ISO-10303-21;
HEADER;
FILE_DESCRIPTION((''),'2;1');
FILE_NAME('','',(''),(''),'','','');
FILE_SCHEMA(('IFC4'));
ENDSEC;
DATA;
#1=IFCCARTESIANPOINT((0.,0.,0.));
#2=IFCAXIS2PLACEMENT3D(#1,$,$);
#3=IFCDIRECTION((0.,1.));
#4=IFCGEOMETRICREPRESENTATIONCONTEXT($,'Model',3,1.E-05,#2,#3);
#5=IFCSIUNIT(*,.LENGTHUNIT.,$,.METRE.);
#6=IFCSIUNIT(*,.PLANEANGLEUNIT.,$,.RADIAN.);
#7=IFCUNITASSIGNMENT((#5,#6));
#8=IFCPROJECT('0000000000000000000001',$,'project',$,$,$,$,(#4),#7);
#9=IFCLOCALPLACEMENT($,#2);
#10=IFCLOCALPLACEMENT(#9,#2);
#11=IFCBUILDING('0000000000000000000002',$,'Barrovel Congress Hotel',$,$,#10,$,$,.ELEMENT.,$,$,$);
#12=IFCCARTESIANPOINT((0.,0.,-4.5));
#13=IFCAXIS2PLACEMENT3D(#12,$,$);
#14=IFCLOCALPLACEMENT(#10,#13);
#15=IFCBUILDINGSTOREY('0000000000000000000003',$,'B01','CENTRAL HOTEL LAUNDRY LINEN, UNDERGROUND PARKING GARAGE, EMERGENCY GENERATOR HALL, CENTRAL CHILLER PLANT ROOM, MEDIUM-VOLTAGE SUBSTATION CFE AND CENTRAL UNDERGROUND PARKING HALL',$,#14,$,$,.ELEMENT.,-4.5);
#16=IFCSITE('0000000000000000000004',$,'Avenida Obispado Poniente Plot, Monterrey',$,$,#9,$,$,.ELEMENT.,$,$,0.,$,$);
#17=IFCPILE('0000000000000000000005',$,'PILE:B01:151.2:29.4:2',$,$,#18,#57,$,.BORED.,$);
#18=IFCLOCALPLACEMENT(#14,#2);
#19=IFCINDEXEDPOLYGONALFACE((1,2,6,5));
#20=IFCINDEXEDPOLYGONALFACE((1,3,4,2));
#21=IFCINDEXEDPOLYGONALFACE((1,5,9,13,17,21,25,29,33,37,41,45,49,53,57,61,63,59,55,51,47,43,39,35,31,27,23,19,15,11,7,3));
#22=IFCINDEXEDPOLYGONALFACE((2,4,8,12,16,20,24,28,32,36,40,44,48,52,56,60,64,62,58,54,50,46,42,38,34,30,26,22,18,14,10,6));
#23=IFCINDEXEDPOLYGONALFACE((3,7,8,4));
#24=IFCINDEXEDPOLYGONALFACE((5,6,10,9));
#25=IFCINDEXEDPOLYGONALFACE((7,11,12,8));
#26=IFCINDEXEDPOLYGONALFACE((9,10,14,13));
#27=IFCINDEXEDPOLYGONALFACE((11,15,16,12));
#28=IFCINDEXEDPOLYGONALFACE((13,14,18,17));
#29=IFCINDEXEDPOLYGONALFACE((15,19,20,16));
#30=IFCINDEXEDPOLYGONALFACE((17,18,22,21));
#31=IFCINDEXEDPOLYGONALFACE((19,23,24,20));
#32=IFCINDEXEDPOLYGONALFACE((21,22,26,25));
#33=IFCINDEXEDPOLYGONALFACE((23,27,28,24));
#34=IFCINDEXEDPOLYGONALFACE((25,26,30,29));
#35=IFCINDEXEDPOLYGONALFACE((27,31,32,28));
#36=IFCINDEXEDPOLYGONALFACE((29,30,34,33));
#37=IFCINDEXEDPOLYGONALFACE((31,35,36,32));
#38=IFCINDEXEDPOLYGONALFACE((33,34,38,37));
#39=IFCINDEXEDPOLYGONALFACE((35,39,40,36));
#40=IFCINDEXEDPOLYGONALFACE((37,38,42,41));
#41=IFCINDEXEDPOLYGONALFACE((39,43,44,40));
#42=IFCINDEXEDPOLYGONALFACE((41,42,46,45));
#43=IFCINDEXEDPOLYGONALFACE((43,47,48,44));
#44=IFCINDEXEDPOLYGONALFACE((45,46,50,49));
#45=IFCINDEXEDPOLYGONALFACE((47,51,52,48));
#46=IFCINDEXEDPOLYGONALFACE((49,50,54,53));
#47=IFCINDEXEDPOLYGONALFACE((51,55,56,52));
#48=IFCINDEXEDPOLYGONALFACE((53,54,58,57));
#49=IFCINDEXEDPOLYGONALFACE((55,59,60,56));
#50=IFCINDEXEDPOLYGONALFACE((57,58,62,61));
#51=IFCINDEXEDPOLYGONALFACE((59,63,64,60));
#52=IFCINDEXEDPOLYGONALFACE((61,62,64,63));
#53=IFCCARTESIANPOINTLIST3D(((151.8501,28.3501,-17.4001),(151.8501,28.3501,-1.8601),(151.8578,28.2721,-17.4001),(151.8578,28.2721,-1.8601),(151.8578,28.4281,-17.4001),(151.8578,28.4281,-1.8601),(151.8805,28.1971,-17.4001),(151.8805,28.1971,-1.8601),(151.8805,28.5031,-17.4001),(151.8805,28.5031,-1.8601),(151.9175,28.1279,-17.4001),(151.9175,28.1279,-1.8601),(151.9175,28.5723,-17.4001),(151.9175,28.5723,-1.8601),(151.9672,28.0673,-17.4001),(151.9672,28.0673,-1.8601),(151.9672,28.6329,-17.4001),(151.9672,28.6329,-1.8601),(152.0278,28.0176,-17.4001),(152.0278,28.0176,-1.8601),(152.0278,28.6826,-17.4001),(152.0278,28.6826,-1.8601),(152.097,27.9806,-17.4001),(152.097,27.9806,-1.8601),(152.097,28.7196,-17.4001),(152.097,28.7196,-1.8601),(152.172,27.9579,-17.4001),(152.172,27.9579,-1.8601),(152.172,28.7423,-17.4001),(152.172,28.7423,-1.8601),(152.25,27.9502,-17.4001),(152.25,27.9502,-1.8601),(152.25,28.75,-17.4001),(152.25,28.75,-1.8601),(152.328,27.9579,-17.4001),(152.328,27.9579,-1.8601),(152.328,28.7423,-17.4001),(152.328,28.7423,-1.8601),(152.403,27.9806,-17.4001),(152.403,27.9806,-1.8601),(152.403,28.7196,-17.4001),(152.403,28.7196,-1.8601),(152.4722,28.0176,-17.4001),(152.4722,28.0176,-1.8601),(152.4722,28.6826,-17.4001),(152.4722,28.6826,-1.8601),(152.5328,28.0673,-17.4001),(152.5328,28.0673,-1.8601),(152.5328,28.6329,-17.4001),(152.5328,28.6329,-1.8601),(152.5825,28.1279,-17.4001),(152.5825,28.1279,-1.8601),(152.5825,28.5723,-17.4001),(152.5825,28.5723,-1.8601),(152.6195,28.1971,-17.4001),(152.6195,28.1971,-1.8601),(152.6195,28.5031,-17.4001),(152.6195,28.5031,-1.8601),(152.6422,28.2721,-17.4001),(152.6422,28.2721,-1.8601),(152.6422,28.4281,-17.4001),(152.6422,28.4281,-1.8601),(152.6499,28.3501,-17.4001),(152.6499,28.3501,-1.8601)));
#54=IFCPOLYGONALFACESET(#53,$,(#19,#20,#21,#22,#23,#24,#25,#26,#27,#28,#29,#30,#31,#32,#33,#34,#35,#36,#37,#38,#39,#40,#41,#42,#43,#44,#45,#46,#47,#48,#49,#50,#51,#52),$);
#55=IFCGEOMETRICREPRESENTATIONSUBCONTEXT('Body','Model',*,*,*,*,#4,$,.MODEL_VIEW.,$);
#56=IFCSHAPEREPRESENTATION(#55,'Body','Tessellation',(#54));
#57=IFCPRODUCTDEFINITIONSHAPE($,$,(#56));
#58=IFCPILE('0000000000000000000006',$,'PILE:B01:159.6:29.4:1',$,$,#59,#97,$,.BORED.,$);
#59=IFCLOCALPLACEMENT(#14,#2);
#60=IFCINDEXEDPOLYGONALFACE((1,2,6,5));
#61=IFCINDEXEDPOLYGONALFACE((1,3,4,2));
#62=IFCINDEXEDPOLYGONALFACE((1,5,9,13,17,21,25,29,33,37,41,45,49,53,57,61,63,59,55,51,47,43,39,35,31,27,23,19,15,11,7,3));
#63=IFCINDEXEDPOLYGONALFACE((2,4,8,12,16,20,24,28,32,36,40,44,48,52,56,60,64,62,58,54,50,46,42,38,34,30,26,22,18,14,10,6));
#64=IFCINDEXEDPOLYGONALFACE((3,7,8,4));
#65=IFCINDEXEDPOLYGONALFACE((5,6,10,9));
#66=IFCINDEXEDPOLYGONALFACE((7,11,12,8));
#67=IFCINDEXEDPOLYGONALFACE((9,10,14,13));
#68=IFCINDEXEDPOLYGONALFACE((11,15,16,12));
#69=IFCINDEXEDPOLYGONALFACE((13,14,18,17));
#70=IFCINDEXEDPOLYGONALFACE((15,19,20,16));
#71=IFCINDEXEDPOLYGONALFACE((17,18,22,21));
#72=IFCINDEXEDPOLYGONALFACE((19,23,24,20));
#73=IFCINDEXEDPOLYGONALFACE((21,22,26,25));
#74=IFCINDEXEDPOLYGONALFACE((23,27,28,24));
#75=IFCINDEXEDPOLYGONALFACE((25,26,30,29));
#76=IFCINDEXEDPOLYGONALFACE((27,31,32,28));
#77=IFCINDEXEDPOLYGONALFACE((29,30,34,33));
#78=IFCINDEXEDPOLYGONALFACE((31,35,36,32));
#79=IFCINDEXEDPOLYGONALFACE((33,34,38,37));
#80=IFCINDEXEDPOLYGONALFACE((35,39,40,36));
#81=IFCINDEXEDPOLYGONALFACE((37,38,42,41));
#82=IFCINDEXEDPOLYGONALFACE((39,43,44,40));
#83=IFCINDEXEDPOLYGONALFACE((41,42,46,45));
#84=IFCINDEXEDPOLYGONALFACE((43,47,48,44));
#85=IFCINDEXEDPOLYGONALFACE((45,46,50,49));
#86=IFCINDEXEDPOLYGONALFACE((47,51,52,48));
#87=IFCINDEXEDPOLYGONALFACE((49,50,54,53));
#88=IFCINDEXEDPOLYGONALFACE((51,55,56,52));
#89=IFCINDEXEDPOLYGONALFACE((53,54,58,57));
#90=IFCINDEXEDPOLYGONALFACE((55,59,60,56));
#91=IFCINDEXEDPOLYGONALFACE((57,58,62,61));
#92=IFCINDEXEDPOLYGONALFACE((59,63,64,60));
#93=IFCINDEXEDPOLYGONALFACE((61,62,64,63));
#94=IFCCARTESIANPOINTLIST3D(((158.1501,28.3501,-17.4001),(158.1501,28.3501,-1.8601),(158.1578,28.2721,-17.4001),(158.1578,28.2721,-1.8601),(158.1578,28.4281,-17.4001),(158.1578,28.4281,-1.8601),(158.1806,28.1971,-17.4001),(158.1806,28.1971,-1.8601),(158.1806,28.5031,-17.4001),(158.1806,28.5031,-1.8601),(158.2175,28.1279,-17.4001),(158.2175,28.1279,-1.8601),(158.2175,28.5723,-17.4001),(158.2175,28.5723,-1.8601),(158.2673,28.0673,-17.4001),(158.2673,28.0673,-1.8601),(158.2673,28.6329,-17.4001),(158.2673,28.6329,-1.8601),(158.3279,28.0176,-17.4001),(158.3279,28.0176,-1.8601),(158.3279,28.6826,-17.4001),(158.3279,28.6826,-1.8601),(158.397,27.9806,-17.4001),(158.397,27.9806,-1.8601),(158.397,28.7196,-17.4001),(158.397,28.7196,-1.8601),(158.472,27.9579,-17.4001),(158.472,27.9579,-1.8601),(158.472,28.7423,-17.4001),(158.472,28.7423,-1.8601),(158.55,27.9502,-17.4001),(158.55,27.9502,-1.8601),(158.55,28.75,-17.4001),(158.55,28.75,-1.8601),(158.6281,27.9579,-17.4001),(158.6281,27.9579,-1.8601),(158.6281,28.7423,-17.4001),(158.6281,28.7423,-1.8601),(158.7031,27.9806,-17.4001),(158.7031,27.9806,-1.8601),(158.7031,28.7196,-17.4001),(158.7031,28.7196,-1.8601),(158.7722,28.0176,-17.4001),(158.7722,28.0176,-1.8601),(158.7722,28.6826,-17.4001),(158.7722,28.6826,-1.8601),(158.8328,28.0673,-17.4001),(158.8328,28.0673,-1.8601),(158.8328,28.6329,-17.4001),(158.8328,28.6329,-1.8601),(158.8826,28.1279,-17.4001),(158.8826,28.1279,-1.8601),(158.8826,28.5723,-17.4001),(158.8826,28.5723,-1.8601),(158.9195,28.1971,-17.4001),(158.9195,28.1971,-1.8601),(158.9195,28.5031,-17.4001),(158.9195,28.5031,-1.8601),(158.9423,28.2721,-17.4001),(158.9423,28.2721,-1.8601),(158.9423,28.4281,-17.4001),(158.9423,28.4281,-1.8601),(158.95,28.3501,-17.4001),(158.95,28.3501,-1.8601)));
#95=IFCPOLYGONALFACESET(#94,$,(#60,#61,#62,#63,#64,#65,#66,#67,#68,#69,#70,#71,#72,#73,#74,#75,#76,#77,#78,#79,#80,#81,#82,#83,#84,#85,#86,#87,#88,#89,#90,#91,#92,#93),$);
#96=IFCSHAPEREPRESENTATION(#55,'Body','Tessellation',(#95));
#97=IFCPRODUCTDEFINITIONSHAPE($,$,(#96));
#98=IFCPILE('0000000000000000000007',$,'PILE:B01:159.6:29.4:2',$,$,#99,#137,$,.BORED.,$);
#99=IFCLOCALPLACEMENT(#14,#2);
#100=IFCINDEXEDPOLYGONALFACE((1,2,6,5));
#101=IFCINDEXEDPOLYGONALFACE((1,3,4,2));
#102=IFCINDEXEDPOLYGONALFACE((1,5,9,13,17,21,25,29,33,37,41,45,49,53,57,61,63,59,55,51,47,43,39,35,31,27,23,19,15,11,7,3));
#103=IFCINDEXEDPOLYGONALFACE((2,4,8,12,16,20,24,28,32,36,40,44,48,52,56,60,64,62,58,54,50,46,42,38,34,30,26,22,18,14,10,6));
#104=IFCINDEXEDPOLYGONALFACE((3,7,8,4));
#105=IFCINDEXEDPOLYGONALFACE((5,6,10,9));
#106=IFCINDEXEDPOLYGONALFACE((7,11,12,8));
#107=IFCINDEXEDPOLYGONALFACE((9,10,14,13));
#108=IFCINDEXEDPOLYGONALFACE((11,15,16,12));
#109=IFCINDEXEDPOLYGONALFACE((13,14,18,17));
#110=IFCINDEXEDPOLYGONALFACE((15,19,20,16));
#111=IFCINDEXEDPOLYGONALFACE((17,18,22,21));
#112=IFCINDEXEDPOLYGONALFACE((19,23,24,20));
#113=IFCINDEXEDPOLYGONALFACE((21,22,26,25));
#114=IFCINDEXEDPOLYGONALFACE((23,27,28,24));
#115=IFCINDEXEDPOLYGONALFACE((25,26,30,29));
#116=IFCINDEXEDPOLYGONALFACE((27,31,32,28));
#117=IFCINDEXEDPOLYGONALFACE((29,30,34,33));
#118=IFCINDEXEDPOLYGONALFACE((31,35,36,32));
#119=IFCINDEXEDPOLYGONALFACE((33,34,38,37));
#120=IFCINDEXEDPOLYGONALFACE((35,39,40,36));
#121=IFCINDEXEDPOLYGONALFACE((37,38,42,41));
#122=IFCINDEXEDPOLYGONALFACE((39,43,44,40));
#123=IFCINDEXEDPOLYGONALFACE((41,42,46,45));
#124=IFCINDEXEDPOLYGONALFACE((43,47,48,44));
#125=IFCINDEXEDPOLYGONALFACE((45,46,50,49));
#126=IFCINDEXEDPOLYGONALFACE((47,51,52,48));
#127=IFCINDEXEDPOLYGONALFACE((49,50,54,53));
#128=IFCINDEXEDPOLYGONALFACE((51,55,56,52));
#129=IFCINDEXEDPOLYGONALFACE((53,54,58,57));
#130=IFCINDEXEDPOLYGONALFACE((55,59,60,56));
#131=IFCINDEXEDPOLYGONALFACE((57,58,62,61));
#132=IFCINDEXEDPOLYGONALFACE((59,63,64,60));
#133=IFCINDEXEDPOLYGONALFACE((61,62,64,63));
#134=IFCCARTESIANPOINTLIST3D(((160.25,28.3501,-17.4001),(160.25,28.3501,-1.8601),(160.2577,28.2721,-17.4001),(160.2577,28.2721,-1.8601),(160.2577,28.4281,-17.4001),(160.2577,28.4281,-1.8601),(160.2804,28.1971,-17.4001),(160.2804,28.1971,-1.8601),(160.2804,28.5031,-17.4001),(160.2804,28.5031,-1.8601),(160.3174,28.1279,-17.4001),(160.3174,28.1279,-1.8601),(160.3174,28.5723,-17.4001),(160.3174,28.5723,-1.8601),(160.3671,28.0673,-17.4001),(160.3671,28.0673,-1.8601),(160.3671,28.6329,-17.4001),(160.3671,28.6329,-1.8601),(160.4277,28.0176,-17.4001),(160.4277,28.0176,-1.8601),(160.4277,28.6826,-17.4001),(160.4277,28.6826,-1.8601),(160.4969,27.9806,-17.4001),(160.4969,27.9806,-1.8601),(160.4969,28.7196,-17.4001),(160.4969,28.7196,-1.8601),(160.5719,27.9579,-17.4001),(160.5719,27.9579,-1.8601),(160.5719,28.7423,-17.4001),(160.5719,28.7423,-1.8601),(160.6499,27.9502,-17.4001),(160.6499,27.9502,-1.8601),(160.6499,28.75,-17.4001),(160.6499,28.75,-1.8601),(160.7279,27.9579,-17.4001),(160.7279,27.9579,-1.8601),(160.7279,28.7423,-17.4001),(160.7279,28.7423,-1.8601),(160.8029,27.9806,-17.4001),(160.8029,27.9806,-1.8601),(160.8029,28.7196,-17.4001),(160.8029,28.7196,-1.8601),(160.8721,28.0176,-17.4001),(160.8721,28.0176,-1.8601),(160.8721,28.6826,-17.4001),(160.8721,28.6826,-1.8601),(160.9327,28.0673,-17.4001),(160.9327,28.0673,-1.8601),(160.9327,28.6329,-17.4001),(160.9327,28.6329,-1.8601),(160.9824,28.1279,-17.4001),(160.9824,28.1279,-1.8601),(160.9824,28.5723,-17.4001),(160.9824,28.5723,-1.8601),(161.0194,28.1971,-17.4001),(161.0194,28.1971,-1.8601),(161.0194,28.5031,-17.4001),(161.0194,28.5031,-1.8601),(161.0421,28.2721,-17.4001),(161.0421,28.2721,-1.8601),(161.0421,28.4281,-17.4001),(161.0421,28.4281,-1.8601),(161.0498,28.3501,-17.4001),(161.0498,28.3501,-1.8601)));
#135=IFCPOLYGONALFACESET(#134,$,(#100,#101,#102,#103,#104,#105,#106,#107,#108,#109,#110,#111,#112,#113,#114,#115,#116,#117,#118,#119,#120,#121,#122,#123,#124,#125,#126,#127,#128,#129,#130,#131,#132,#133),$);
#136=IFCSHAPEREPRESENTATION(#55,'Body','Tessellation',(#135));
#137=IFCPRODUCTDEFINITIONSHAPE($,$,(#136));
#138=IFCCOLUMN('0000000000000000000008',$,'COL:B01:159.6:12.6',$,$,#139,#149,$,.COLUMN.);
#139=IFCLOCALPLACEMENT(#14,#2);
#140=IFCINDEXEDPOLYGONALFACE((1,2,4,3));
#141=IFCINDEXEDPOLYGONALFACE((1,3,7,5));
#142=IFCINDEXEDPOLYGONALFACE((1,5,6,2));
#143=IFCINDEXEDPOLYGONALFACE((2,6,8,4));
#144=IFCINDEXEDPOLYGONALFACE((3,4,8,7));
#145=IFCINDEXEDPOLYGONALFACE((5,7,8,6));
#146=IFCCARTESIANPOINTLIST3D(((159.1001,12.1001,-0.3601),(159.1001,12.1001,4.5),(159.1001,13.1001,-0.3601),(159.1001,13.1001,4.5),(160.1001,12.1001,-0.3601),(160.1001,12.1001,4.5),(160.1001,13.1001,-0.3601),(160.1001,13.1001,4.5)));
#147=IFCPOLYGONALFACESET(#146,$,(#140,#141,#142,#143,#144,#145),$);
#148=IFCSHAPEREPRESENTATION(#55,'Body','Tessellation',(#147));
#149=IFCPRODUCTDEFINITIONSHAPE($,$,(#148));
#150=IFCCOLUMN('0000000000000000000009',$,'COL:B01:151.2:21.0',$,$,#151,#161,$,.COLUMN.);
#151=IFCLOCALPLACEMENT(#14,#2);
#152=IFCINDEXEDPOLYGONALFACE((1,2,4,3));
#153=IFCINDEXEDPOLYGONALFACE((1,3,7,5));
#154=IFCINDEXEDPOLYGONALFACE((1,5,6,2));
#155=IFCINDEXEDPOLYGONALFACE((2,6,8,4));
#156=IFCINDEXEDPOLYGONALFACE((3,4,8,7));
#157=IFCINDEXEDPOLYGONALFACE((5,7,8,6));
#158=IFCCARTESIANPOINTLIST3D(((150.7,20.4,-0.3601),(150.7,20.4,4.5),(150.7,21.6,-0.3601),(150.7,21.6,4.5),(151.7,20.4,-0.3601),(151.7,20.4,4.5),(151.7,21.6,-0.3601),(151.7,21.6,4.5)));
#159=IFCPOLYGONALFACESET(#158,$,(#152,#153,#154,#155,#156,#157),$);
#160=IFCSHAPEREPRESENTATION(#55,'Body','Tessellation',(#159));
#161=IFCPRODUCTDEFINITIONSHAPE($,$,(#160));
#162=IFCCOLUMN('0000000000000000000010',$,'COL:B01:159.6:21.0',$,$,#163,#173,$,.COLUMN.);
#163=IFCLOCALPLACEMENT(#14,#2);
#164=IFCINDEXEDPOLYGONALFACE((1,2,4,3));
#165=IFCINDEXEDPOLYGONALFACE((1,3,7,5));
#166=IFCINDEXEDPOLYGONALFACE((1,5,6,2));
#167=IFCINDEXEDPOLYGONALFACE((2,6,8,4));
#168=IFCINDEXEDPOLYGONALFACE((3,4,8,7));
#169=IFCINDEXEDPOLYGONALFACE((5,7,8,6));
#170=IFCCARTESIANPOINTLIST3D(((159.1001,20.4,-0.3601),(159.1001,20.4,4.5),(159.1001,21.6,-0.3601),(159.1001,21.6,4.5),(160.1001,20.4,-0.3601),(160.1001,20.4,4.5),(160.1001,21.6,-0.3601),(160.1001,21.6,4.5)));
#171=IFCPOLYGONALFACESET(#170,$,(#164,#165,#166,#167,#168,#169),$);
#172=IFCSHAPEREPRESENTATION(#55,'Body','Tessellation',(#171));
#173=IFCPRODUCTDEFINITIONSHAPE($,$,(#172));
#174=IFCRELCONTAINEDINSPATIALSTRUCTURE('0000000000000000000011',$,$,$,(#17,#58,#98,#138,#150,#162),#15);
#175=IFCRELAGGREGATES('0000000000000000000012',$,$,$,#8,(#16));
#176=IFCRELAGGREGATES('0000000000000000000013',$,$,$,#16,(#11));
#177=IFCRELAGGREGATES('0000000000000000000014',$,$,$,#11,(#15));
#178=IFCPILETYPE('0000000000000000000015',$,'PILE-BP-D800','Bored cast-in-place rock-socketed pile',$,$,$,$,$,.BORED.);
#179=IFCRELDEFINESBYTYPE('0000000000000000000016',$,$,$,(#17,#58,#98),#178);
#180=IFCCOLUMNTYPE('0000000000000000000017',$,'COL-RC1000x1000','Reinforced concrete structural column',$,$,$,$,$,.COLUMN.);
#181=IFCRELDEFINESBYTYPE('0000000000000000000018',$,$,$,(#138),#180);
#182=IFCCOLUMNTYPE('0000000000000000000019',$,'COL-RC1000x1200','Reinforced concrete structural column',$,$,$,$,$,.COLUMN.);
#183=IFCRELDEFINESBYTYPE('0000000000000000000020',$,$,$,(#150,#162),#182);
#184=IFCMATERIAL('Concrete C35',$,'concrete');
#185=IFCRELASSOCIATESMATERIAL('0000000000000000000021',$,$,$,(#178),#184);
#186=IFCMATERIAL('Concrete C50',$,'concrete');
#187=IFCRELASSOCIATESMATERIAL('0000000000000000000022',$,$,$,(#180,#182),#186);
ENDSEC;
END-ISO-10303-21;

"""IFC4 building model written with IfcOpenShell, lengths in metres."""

from ifc_helpers import new_model, si_unit, direction, frame, origin, origin_2d, place, context, subcontext, project, spatial, rectangle, circle, extrude, material, material_profile, profile_set, type_object, element, save


model = new_model("IFC4")

# Units and contexts
model_context = context("Model", 3, precision=1e-05, world=origin(), true_north=direction((0.0, 1.0)))
body_context = subcontext(model_context, "Body", "Model", "MODEL_VIEW")
ifc_project = project(units=[si_unit("LENGTHUNIT", "METRE"), si_unit("PLANEANGLEUNIT", "RADIAN")], contexts=[model_context])

# Site, building, storey
site_placement = place(None, origin())
site = spatial("IfcSite", under=ifc_project, at=site_placement, Name="Avenida Obispado Poniente Plot, Monterrey", CompositionType="ELEMENT", RefElevation=0.0)
building_placement = place(site_placement, origin())
building = spatial("IfcBuilding", under=site, at=building_placement, Name="Barrovel Congress Hotel", CompositionType="ELEMENT")
storey_placement = place(building_placement, frame((0.0, 0.0, -4.5)))
storey = spatial("IfcBuildingStorey", under=building, at=storey_placement, Name="B01", Description="CENTRAL HOTEL LAUNDRY LINEN, UNDERGROUND PARKING GARAGE, EMERGENCY GENERATOR HALL, CENTRAL CHILLER PLANT ROOM, MEDIUM-VOLTAGE SUBSTATION CFE AND CENTRAL UNDERGROUND PARKING HALL", CompositionType="ELEMENT", Elevation=-4.5)

# Piles
ifc_material_1 = material(Name="Concrete C35", Category="concrete")
ifc_material_profile_1 = material_profile(ifc_material_1, circle(Radius=0.3999, at=origin_2d()), Name="BP-D800")
ifc_profile_set_1 = profile_set([ifc_material_profile_1], Name="Concrete C35")
pile_type_1 = type_object("IfcPileType", Name="PILE-BP-D800", Description="Bored cast-in-place rock-socketed pile", PredefinedType="BORED", material=ifc_profile_set_1)
for number, where, z_axis, x_axis, name in (
    (1, (152.25, 28.3501, -1.8601), (0.0, 0.0, -1.0), (1.0, 0.0, 0.0), "PILE:B01:151.2:29.4:2"),
    (2, (158.55, 28.3501, -1.8601), (0.0, 0.0, -1.0), (1.0, 0.0, 0.0), "PILE:B01:159.6:29.4:1"),
    (3, (160.6499, 28.3501, -1.8601), (0.0, 0.0, -1.0), (1.0, 0.0, 0.0), "PILE:B01:159.6:29.4:2"),
):
    element("IfcPile", number, at=place(storey_placement, frame(where, z_axis=z_axis, x_axis=x_axis)), inside=storey, type_object=pile_type_1, Name=name, PredefinedType="BORED", context=body_context, shape_type="SweptSolid", body=[
        extrude(circle(Radius=0.3999, at=origin_2d()), origin(), (0.0, 0.0, 1.0), 15.54),
    ])

# Columns
ifc_material_2 = material(Name="Concrete C50", Category="concrete")
ifc_material_profile_2 = material_profile(ifc_material_2, rectangle(XDim=1.0, YDim=1.0, at=origin_2d()), Name="RC1000x1000")
ifc_profile_set_2 = profile_set([ifc_material_profile_2], Name="Concrete C50")
column_type_1 = type_object("IfcColumnType", Name="COL-RC1000x1000", Description="Reinforced concrete structural column", PredefinedType="COLUMN", material=ifc_profile_set_2)
column_placement = place(storey_placement, frame((159.6001, 12.6001, -0.3601), z_axis=(0.0, 0.0, 1.0), x_axis=(1.0, 0.0, 0.0)))
element("IfcColumn", 4, at=column_placement, inside=storey, type_object=column_type_1, Name="COL:B01:159.6:12.6", PredefinedType="COLUMN", context=body_context, shape_type="SweptSolid", body=[
    extrude(rectangle(XDim=1.0, YDim=1.0, at=origin_2d()), origin(), (0.0, 0.0, 1.0), 4.8601),
])
ifc_material_profile_3 = material_profile(ifc_material_2, rectangle(XDim=1.0, YDim=1.2, at=origin_2d()), Name="RC1000x1200")
ifc_profile_set_3 = profile_set([ifc_material_profile_3], Name="Concrete C50")
column_type_2 = type_object("IfcColumnType", Name="COL-RC1000x1200", Description="Reinforced concrete structural column", PredefinedType="COLUMN", material=ifc_profile_set_3)
for number, where, z_axis, x_axis, name in (
    (5, (151.2, 21.0, -0.3601), (0.0, 0.0, 1.0), (1.0, 0.0, 0.0), "COL:B01:151.2:21.0"),
    (6, (159.6001, 21.0, -0.3601), (0.0, 0.0, 1.0), (1.0, 0.0, 0.0), "COL:B01:159.6:21.0"),
):
    element("IfcColumn", number, at=place(storey_placement, frame(where, z_axis=z_axis, x_axis=x_axis)), inside=storey, type_object=column_type_2, Name=name, PredefinedType="COLUMN", context=body_context, shape_type="SweptSolid", body=[
        extrude(rectangle(XDim=1.0, YDim=1.2, at=origin_2d()), origin(), (0.0, 0.0, 1.0), 4.8601),
    ])

save(model, "model.ifc")
